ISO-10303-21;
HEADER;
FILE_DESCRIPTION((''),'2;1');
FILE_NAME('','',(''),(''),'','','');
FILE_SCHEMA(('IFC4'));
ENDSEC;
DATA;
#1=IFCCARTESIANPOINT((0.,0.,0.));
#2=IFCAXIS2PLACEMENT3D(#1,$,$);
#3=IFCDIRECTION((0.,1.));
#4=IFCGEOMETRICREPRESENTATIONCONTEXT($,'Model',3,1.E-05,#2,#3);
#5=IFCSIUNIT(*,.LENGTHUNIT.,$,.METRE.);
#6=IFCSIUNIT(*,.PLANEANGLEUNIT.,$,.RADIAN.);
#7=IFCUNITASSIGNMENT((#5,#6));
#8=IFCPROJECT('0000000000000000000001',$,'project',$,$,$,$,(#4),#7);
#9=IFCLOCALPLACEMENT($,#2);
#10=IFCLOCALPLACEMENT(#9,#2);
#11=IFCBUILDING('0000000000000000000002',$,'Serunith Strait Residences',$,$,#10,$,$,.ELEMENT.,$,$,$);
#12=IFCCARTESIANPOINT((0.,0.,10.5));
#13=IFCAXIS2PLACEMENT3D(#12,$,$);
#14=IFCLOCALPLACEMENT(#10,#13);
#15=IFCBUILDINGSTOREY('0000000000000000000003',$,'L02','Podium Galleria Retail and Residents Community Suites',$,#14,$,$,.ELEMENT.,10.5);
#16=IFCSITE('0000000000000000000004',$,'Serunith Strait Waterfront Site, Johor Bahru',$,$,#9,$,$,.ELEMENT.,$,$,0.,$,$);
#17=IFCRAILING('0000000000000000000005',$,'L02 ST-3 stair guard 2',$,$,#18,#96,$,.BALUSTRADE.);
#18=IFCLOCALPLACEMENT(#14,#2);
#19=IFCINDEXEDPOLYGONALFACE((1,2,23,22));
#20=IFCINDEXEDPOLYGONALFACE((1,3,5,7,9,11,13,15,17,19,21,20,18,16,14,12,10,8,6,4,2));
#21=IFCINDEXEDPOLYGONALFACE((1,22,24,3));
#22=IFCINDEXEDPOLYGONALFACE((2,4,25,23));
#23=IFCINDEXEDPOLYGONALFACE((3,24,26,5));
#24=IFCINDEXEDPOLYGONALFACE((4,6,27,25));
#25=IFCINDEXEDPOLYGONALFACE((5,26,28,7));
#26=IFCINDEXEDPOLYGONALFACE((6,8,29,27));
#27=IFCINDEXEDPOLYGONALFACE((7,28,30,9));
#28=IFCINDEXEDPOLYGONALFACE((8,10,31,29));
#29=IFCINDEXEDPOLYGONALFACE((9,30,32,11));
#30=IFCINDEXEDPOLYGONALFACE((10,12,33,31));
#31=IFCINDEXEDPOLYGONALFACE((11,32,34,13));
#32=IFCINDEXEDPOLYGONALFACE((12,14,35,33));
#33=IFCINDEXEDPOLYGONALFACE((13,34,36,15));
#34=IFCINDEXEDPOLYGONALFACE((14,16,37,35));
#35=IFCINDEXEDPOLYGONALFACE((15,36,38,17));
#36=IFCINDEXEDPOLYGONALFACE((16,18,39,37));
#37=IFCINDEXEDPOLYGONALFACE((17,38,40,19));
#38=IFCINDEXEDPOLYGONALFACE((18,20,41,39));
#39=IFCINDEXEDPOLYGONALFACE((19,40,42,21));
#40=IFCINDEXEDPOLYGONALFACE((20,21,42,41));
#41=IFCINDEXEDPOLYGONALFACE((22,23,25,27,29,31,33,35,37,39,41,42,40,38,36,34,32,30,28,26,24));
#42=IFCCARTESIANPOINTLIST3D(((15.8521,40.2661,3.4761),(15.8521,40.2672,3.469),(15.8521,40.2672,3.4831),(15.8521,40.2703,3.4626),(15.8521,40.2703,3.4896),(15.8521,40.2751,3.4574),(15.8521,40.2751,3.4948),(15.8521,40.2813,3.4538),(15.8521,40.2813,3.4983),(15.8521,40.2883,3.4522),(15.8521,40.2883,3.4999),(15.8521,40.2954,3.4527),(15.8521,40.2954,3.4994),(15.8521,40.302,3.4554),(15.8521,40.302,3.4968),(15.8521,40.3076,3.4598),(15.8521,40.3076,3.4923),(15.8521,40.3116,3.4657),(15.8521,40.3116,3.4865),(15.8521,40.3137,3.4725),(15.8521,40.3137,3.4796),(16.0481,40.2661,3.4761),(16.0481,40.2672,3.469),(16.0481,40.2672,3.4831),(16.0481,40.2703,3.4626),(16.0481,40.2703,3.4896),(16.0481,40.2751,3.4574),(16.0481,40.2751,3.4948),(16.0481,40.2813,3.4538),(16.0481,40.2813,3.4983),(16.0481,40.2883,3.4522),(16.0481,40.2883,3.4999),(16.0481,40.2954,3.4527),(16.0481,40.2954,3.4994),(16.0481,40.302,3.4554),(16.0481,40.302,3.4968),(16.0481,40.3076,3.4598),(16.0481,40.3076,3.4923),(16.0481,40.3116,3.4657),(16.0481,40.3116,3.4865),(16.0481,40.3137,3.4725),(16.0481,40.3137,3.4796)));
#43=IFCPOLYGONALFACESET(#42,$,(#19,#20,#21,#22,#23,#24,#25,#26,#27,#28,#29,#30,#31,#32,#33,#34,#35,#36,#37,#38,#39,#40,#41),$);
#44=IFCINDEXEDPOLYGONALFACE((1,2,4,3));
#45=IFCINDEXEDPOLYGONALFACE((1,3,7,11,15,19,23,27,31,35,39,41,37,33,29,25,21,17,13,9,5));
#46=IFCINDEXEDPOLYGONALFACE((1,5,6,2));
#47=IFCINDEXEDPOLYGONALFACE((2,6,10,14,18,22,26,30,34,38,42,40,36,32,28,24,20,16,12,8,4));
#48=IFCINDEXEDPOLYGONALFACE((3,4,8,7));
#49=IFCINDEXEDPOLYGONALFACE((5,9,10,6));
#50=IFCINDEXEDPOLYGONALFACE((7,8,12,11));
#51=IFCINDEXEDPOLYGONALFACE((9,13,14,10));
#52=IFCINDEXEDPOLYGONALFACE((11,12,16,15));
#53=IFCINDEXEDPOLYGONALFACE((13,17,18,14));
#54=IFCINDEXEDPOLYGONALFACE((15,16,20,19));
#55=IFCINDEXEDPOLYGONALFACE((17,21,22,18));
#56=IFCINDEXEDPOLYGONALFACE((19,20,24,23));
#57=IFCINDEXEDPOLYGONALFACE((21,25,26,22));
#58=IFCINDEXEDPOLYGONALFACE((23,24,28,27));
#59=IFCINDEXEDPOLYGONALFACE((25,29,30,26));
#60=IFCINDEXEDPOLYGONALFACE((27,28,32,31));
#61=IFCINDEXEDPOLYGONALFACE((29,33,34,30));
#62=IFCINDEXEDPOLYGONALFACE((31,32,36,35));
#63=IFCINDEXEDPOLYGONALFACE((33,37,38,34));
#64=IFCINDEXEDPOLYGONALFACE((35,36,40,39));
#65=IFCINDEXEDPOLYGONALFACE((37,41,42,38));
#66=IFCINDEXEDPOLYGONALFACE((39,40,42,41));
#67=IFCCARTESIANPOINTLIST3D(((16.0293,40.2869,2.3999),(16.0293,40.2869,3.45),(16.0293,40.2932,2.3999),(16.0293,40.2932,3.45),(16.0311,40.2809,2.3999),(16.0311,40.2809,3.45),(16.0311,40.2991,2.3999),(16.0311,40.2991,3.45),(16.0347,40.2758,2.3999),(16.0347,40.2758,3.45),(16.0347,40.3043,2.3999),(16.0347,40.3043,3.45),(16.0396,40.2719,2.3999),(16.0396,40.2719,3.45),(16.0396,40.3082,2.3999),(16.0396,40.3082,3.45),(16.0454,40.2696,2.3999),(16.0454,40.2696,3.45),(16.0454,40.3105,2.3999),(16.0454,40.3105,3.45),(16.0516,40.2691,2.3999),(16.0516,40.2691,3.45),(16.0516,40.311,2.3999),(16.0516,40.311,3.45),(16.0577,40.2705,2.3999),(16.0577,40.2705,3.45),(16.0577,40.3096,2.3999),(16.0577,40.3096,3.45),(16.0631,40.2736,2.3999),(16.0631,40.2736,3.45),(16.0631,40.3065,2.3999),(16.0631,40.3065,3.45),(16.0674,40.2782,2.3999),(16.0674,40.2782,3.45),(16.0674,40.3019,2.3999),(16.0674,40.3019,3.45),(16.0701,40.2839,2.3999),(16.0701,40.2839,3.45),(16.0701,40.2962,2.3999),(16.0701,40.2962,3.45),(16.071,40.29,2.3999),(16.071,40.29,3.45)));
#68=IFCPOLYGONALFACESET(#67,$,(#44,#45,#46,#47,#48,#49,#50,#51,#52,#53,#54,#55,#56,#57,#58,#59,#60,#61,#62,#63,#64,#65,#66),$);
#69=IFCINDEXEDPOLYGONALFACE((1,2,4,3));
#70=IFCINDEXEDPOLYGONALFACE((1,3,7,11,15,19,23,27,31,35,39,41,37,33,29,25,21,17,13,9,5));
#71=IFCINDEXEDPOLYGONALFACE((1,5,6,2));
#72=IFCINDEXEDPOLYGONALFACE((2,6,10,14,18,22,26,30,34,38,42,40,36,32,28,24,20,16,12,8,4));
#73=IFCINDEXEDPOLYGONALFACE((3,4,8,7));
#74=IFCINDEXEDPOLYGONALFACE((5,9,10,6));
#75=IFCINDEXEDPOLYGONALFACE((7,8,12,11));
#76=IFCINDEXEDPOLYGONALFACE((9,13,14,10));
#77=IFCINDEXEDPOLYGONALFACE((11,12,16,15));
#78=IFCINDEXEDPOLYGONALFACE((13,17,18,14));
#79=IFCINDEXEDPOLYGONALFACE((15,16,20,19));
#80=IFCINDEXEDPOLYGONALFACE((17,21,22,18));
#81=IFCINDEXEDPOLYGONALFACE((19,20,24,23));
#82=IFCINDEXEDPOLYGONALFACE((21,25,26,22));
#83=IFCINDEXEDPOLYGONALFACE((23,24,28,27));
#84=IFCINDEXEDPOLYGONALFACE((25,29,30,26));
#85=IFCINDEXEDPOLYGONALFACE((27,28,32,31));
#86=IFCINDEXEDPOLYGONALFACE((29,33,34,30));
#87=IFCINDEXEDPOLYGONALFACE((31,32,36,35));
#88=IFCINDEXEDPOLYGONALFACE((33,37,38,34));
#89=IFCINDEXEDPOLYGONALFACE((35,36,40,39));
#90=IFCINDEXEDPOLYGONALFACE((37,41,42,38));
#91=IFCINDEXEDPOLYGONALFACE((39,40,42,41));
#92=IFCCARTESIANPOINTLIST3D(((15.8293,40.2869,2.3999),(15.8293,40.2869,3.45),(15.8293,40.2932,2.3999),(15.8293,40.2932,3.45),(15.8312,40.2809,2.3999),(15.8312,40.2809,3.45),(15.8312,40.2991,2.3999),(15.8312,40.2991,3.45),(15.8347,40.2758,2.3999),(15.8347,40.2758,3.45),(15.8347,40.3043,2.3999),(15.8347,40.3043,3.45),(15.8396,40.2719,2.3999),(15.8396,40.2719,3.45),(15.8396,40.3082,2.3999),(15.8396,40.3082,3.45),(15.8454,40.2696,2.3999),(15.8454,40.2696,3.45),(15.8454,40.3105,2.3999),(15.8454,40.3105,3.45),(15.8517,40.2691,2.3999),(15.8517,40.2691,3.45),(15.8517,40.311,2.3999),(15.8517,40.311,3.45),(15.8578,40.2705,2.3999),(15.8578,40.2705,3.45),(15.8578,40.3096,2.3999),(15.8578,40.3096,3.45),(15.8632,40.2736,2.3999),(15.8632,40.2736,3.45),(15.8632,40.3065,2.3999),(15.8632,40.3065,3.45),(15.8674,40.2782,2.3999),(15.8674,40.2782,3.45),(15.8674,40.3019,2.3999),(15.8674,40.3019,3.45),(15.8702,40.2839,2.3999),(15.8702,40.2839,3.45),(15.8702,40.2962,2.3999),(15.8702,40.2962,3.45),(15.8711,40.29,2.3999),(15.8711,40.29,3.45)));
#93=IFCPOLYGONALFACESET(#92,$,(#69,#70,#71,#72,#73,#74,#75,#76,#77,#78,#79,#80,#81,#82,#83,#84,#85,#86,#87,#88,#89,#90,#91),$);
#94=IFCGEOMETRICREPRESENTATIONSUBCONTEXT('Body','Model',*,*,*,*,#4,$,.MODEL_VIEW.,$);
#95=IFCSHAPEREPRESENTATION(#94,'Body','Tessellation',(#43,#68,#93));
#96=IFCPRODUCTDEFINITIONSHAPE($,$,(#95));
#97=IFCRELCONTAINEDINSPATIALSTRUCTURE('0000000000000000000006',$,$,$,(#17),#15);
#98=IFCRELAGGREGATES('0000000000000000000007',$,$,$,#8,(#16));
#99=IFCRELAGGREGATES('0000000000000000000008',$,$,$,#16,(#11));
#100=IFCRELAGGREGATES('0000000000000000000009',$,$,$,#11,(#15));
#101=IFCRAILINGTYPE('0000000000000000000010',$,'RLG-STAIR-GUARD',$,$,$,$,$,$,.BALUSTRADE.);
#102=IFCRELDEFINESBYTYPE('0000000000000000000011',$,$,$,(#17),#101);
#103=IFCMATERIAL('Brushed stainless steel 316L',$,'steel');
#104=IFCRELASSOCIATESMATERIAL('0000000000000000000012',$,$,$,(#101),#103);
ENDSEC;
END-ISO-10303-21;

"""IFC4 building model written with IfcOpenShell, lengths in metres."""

from ifc_helpers import new_model, si_unit, direction, frame, origin, origin_2d, place, context, subcontext, project, spatial, circle, extrude, material, type_object, element, save


model = new_model("IFC4")

# Units and contexts
model_context = context("Model", 3, precision=1e-05, world=origin(), true_north=direction((0.0, 1.0)))
body_context = subcontext(model_context, "Body", "Model", "MODEL_VIEW")
ifc_project = project(units=[si_unit("LENGTHUNIT", "METRE"), si_unit("PLANEANGLEUNIT", "RADIAN")], contexts=[model_context])

# Site, building, storey
site_placement = place(None, origin())
site = spatial("IfcSite", under=ifc_project, at=site_placement, Name="Serunith Strait Waterfront Site, Johor Bahru", CompositionType="ELEMENT", RefElevation=0.0)
building_placement = place(site_placement, origin())
building = spatial("IfcBuilding", under=site, at=building_placement, Name="Serunith Strait Residences", CompositionType="ELEMENT")
storey_placement = place(building_placement, frame((0.0, 0.0, 10.5)))
storey = spatial("IfcBuildingStorey", under=building, at=storey_placement, Name="L02", Description="Podium Galleria Retail and Residents Community Suites", CompositionType="ELEMENT", Elevation=10.5)

# Railing
ifc_material_1 = material(Name="Brushed stainless steel 316L", Category="steel")
railing_type_1 = type_object("IfcRailingType", Name="RLG-STAIR-GUARD", PredefinedType="BALUSTRADE", material=ifc_material_1)
railing_1_placement = place(storey_placement, frame((16.05, 40.29, 2.3999)))
element("IfcRailing", 1, at=railing_1_placement, inside=storey, type_object=railing_type_1, Name="L02 ST-3 stair guard 2", PredefinedType="BALUSTRADE", context=body_context, shape_type="SweptSolid", body=[
    extrude(circle(Radius=0.0239, at=origin_2d()), frame((-0.002, 0.0, 1.0762), z_axis=(-1.0, 0.0, 0.0), x_axis=(0.0, -1.0, 0.0)), (0.0, 0.0, 1.0), 0.196),
    extrude(circle(Radius=0.021, at=origin_2d()), origin(), (0.0, 0.0, 1.0), 1.05),
    extrude(circle(Radius=0.021, at=origin_2d()), frame((-0.2, 0.0, 0.0)), (0.0, 0.0, 1.0), 1.05),
])

save(model, "model.ifc")
